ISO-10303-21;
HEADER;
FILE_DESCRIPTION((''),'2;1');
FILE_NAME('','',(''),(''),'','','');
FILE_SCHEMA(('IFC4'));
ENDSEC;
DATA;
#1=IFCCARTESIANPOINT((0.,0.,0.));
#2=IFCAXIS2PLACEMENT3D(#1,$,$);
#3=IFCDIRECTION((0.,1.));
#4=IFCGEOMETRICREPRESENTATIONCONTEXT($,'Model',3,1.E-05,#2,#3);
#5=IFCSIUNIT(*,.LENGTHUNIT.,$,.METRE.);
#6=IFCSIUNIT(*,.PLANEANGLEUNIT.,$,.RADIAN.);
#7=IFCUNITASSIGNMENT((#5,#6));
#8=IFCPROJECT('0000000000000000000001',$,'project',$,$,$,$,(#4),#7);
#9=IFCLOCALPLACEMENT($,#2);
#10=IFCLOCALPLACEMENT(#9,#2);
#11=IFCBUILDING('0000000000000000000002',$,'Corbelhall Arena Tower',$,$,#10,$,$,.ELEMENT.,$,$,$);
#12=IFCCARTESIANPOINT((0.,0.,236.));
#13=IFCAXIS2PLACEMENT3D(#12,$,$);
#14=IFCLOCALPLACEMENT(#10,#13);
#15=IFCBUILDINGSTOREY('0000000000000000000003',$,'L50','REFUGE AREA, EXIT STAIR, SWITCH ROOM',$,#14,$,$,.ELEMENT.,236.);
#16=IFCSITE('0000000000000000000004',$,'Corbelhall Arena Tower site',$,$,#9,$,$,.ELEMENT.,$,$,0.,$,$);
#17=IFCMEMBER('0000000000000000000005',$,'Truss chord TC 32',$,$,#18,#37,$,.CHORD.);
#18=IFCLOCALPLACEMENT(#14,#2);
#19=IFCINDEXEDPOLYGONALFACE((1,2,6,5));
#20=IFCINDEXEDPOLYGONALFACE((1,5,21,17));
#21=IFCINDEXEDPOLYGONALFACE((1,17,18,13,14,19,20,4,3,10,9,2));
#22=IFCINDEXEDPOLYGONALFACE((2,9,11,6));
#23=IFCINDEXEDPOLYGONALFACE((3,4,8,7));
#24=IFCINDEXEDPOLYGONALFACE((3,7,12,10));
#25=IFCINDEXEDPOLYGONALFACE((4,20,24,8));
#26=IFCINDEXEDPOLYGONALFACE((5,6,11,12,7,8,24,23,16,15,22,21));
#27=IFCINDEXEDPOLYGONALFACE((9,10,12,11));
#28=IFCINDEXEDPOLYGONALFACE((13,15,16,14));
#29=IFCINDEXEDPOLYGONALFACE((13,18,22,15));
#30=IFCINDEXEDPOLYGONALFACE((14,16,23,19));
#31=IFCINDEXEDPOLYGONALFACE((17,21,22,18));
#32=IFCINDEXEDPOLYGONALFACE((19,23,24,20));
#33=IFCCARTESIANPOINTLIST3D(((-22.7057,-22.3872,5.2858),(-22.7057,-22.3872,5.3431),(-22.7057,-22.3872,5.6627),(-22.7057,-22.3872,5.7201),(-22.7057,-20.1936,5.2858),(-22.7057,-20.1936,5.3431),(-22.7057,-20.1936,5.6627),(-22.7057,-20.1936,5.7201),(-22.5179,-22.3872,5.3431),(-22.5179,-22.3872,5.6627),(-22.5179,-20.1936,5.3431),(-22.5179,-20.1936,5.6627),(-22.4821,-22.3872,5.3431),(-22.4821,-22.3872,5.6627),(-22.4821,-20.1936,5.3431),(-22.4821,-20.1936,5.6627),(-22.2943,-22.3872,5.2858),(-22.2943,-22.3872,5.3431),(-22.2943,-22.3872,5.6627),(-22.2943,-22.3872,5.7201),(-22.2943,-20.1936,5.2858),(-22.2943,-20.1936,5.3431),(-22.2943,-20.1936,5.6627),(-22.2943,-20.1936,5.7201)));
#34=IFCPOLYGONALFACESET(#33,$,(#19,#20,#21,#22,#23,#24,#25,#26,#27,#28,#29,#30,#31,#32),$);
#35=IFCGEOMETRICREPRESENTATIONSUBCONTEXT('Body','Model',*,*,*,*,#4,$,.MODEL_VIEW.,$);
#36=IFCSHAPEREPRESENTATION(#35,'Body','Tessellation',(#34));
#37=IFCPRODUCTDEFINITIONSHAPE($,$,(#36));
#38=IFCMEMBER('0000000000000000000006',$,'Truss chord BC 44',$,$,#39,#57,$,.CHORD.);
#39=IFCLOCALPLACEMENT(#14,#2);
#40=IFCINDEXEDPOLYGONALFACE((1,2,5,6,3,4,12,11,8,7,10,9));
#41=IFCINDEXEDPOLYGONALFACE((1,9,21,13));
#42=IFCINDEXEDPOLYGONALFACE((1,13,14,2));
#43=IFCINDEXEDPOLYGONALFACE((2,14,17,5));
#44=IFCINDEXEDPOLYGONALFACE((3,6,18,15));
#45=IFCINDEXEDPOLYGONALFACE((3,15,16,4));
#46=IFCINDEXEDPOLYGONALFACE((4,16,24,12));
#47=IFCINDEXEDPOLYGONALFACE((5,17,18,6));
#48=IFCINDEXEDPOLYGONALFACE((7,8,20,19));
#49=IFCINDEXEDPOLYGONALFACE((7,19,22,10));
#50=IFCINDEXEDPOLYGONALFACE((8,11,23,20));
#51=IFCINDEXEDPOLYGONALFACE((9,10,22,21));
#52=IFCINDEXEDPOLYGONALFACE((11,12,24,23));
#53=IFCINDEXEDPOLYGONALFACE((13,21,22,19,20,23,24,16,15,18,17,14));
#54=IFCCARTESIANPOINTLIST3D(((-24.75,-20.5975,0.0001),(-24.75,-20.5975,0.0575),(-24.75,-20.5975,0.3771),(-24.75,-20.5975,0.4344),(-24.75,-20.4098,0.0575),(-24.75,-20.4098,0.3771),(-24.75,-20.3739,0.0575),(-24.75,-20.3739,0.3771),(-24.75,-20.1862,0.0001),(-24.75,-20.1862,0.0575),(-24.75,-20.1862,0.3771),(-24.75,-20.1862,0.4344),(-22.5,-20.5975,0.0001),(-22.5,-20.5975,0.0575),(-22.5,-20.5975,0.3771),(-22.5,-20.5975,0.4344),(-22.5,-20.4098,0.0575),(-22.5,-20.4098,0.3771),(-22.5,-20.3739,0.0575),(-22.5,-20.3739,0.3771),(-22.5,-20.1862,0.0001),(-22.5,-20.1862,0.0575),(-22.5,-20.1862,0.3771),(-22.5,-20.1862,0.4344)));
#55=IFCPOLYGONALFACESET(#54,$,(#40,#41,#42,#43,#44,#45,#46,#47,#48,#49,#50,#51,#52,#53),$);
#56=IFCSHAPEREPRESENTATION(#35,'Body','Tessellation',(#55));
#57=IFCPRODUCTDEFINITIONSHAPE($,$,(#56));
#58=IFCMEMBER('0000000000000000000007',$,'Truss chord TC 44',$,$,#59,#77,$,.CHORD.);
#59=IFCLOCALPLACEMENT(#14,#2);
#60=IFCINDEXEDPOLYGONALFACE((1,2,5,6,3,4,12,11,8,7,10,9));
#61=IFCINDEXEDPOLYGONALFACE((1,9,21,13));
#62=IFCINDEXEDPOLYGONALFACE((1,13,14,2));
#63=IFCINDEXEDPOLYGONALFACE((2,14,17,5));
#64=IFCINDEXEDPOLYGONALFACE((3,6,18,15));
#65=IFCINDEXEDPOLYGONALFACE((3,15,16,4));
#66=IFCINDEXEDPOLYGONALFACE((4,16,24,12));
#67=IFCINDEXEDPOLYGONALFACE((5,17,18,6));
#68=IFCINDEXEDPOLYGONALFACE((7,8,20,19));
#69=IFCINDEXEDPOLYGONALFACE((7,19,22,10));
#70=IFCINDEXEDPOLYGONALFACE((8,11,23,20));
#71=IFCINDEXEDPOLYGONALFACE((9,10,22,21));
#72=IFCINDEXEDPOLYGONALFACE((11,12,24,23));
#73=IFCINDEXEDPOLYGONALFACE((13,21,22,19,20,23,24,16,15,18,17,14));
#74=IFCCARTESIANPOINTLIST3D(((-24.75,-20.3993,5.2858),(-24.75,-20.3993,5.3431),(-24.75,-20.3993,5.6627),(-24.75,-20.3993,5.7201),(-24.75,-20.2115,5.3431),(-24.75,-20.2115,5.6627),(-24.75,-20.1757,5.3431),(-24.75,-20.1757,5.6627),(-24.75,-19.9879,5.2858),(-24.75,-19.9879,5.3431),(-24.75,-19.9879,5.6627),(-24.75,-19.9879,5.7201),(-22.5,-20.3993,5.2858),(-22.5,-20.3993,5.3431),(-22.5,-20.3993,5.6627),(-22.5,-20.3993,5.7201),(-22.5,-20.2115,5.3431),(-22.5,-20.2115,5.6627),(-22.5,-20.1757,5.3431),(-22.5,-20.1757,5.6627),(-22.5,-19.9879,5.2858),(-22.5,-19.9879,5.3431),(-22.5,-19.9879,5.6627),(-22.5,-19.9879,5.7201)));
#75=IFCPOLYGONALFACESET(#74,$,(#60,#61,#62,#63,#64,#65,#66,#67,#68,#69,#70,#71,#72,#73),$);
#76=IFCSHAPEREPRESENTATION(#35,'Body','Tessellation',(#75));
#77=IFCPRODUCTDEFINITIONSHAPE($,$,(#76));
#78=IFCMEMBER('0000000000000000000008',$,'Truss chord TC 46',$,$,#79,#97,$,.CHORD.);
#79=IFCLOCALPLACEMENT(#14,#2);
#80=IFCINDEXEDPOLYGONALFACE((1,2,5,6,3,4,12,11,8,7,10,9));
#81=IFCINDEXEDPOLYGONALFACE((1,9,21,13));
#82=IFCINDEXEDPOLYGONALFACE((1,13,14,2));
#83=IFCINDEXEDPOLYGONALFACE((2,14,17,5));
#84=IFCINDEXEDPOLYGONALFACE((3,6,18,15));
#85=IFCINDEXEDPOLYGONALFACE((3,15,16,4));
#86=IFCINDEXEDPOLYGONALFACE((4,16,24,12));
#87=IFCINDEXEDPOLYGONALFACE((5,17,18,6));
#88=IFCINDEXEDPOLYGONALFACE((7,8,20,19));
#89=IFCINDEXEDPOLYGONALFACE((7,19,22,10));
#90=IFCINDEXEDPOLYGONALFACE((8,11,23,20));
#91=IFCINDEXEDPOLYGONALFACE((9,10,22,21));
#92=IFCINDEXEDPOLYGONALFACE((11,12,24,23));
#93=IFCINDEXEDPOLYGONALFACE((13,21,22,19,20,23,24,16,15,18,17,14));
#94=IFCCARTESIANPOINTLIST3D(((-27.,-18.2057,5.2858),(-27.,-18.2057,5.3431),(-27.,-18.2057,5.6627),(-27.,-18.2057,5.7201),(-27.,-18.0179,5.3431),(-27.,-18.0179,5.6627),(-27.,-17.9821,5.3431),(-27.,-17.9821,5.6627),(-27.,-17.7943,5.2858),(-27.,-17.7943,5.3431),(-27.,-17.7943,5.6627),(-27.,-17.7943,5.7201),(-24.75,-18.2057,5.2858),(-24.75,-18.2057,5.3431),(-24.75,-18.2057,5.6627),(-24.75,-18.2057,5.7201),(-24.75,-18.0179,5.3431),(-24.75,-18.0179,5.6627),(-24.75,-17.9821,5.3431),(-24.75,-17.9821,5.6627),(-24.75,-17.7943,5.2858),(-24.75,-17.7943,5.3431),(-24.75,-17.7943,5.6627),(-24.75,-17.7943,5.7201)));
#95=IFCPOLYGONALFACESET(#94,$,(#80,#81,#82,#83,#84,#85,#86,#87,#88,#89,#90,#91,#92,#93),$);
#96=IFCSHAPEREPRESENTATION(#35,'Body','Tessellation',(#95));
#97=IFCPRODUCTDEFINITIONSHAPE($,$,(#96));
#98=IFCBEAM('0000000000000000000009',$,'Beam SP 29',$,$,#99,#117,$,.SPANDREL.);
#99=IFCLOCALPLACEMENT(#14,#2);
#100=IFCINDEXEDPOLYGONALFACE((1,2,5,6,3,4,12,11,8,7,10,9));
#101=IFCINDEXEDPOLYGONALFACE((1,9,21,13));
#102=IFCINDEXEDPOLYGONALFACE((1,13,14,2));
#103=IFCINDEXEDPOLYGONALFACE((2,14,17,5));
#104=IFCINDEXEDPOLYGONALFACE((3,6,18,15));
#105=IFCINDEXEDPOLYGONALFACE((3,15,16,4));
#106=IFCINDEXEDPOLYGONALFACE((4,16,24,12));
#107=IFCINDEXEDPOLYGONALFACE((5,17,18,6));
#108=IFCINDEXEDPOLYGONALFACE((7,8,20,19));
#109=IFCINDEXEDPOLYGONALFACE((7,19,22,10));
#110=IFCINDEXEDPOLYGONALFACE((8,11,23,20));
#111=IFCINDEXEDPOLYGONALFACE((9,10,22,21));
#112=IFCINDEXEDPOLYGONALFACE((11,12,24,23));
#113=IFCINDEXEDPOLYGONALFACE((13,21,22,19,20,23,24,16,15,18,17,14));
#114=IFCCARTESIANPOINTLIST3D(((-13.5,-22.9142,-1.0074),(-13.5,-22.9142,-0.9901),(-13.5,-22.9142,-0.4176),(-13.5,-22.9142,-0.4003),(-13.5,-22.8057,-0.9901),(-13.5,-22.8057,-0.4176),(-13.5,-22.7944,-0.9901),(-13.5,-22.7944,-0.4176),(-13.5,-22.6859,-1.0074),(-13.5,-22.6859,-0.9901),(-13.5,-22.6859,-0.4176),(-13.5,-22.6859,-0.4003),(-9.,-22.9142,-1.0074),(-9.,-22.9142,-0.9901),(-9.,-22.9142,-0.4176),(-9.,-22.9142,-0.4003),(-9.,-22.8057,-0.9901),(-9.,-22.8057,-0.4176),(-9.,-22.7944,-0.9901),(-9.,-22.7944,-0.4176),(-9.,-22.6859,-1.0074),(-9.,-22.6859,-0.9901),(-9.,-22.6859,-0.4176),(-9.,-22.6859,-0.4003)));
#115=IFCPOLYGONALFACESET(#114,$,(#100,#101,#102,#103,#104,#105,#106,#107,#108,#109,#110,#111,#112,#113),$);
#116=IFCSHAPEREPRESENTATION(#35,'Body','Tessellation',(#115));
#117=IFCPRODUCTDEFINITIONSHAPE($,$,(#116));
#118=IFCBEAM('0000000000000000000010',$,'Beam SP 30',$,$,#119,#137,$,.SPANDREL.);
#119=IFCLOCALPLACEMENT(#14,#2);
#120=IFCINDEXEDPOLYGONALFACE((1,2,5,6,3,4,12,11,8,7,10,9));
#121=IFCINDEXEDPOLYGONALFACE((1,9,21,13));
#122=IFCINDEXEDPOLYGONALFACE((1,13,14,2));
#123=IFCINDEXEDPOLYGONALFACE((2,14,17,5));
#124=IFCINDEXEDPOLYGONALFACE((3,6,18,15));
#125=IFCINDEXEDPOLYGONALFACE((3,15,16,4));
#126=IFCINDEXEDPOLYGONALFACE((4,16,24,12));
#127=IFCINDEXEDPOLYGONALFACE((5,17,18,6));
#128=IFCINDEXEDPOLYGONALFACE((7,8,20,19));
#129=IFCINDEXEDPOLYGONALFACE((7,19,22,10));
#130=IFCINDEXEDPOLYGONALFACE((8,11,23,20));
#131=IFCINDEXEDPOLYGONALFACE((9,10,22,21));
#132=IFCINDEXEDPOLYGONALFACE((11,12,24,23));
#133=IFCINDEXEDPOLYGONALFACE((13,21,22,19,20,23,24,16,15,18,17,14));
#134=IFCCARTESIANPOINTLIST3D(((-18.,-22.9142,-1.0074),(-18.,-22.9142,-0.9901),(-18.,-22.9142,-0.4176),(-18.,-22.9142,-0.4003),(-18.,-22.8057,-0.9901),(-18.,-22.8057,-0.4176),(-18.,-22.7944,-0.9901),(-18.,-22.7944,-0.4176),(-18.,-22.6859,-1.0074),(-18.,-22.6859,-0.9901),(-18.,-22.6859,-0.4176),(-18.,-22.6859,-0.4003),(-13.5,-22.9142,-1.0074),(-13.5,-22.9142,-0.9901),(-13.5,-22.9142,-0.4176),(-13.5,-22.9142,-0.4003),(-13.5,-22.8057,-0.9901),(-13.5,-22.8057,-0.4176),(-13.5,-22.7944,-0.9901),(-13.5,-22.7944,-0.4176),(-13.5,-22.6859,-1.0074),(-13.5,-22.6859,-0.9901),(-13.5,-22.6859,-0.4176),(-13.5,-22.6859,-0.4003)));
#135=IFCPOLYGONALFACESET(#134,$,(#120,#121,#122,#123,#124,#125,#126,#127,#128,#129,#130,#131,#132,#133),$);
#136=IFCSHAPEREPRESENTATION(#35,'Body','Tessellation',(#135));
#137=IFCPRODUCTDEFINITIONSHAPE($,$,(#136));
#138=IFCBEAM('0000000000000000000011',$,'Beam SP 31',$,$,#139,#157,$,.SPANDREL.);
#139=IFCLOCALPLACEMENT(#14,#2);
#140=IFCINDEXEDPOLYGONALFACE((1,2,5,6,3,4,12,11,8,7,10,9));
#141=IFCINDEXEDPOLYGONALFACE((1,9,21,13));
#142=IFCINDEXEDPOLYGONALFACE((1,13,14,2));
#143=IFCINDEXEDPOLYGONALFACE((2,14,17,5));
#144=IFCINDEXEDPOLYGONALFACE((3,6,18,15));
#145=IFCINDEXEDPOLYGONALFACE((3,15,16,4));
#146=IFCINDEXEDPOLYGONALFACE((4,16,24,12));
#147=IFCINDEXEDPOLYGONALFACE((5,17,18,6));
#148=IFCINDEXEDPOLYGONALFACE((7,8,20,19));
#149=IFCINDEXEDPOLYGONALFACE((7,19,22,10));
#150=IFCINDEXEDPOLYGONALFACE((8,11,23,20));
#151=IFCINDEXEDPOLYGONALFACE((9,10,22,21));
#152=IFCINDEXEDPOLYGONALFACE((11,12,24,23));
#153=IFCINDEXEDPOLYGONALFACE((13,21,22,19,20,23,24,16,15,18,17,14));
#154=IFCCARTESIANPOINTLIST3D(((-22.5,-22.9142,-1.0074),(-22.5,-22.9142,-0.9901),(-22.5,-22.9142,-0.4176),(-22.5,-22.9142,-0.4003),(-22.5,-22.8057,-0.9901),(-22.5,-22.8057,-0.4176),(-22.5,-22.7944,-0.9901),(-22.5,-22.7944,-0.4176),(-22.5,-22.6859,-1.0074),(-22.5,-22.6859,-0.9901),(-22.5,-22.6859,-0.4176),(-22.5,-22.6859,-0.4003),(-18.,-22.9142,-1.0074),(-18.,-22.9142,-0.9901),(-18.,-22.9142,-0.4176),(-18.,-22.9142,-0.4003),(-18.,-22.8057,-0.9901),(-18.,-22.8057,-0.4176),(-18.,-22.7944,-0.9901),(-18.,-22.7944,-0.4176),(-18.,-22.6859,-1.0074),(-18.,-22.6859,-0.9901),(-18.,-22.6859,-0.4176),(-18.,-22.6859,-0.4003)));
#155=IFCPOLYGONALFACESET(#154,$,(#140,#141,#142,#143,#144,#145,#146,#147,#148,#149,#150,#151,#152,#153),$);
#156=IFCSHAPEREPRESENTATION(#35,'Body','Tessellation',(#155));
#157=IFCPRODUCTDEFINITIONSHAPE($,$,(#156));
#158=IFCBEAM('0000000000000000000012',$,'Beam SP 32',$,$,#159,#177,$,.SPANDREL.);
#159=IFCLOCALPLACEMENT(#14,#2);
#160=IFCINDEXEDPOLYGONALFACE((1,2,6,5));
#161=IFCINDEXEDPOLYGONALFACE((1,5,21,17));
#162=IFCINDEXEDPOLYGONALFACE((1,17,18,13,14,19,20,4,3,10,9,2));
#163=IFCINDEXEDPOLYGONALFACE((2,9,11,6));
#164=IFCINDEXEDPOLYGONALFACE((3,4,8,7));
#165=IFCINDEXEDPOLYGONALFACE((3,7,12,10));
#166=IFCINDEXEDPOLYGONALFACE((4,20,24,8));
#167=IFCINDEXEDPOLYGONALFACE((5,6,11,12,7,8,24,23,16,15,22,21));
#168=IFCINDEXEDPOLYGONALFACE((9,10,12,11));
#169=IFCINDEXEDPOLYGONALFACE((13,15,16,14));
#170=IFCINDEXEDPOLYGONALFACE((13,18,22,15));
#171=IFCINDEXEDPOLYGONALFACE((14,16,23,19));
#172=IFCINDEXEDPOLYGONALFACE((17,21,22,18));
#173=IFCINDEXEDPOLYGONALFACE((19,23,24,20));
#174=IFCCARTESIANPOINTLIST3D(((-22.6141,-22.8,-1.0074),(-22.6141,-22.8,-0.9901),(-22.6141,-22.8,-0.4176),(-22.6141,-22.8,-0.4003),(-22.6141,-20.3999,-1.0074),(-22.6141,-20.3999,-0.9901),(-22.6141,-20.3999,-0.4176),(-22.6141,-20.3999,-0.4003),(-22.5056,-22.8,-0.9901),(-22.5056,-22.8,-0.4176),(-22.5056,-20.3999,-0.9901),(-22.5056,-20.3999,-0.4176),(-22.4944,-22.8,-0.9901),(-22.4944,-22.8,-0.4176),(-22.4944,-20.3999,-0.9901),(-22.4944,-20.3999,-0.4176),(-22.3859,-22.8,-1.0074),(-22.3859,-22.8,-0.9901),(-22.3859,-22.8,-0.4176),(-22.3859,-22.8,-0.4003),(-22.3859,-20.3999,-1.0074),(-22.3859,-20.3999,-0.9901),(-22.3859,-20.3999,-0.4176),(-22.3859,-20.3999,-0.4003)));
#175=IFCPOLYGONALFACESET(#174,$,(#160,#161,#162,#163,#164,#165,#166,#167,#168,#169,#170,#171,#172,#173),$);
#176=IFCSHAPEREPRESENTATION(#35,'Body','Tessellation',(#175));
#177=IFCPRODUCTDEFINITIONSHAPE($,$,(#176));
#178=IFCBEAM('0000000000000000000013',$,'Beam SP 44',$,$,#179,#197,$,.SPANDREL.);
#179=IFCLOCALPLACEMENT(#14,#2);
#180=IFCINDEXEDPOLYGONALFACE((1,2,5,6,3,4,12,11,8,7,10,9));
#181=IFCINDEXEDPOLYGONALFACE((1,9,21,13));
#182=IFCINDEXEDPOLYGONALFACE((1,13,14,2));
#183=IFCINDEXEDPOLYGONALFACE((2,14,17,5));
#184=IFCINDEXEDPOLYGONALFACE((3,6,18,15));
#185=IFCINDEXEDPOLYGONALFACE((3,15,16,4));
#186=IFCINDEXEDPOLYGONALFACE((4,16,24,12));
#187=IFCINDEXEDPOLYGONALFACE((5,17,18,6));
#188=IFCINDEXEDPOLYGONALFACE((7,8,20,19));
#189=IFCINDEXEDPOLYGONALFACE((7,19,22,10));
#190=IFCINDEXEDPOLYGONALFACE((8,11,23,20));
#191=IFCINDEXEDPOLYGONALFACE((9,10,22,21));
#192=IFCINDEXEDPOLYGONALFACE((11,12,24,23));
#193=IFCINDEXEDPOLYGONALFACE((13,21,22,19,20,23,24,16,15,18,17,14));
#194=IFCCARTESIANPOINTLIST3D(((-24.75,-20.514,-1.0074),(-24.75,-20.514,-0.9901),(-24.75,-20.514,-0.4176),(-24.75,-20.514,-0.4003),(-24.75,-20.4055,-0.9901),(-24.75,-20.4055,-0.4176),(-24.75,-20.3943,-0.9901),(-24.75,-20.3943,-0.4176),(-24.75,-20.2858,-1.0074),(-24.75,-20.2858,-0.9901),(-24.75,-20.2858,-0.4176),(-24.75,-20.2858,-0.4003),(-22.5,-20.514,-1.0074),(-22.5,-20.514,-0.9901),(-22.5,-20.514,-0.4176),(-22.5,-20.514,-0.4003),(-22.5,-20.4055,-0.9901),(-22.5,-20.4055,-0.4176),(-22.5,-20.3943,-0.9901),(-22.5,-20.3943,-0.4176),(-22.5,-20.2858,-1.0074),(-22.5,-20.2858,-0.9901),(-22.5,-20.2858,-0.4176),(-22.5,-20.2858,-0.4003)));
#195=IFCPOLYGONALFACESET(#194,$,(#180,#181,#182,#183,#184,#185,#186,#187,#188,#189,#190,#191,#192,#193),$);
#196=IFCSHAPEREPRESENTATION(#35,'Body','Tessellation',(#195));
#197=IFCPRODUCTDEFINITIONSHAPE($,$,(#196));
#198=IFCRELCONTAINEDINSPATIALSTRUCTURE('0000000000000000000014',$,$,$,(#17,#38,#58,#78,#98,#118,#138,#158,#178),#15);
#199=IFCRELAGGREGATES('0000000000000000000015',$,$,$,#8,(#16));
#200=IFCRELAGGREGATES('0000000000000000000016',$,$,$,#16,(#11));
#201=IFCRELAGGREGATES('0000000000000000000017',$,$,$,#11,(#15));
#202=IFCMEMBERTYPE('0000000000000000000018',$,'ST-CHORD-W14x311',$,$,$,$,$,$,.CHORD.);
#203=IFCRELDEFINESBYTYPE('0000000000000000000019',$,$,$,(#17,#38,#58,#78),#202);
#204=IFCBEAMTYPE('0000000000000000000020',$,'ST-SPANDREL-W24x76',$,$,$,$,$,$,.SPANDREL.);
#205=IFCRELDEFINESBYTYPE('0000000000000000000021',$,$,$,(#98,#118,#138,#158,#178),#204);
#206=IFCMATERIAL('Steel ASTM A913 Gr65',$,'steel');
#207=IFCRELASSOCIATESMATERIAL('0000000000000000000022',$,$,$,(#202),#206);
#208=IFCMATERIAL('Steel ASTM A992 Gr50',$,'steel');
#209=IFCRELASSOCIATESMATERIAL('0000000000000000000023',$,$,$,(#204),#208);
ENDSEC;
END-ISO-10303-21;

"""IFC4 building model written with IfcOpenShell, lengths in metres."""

from ifc_helpers import new_model, si_unit, direction, frame, origin, origin_2d, place, context, subcontext, project, spatial, i_section, extrude, material, material_profile, profile_set, type_object, element, save


model = new_model("IFC4")

# Units and contexts
model_context = context("Model", 3, precision=1e-05, world=origin(), true_north=direction((0.0, 1.0)))
body_context = subcontext(model_context, "Body", "Model", "MODEL_VIEW")
ifc_project = project(units=[si_unit("LENGTHUNIT", "METRE"), si_unit("PLANEANGLEUNIT", "RADIAN")], contexts=[model_context])

# Site, building, storey
site_placement = place(None, origin())
site = spatial("IfcSite", under=ifc_project, at=site_placement, Name="Corbelhall Arena Tower site", CompositionType="ELEMENT", RefElevation=0.0)
building_placement = place(site_placement, origin())
building = spatial("IfcBuilding", under=site, at=building_placement, Name="Corbelhall Arena Tower", CompositionType="ELEMENT")
storey_placement = place(building_placement, frame((0.0, 0.0, 236.0)))
storey = spatial("IfcBuildingStorey", under=building, at=storey_placement, Name="L50", Description="REFUGE AREA, EXIT STAIR, SWITCH ROOM", CompositionType="ELEMENT", Elevation=236.0)

# Members
ifc_material_1 = material(Name="Steel ASTM A913 Gr65", Category="steel")
ifc_material_profile_1 = material_profile(ifc_material_1, i_section(OverallWidth=0.4114, OverallDepth=0.4343, WebThickness=0.0359, FlangeThickness=0.0574, at=origin_2d()))
ifc_profile_set_1 = profile_set([ifc_material_profile_1], Name="Steel ASTM A913 Gr65")
member_type_1 = type_object("IfcMemberType", Name="ST-CHORD-W14x311", PredefinedType="CHORD", material=ifc_profile_set_1)
member_1_placement = place(storey_placement, frame((-22.5, -22.3872, 5.5029), z_axis=(0.0, 1.0, 0.0), x_axis=(-1.0, 0.0, 0.0)))
element("IfcMember", 1, at=member_1_placement, inside=storey, type_object=member_type_1, Name="Truss chord TC 32", PredefinedType="CHORD", context=body_context, shape_type="SweptSolid", body=[
    extrude(i_section(OverallWidth=0.4114, OverallDepth=0.4343, WebThickness=0.0359, FlangeThickness=0.0574, at=origin_2d()), origin(), (0.0, 0.0, 1.0), 2.1936),
])
for number, where, z_axis, x_axis, name in (
    (2, (-22.5, -20.3918, 0.2173), (-1.0, 0.0, 0.0), (0.0, -1.0, 0.0), "Truss chord BC 44"),
    (3, (-22.5, -20.1936, 5.5029), (-1.0, 0.0, 0.0), (0.0, -1.0, 0.0), "Truss chord TC 44"),
    (4, (-24.75, -18.0, 5.5029), (-1.0, 0.0, 0.0), (0.0, -1.0, 0.0), "Truss chord TC 46"),
):
    element("IfcMember", number, at=place(storey_placement, frame(where, z_axis=z_axis, x_axis=x_axis)), inside=storey, type_object=member_type_1, Name=name, PredefinedType="CHORD", context=body_context, shape_type="SweptSolid", body=[
        extrude(i_section(OverallWidth=0.4114, OverallDepth=0.4343, WebThickness=0.0359, FlangeThickness=0.0574, at=origin_2d()), origin(), (0.0, 0.0, 1.0), 2.25),
    ])

# Beams
ifc_material_2 = material(Name="Steel ASTM A992 Gr50", Category="steel")
ifc_material_profile_2 = material_profile(ifc_material_2, i_section(OverallWidth=0.2283, OverallDepth=0.6072, WebThickness=0.0112, FlangeThickness=0.0173, at=origin_2d()))
ifc_profile_set_2 = profile_set([ifc_material_profile_2], Name="Steel ASTM A992 Gr50")
beam_type = type_object("IfcBeamType", Name="ST-SPANDREL-W24x76", PredefinedType="SPANDREL", material=ifc_profile_set_2)
for number, where, z_axis, x_axis, name in (
    (5, (-9.0, -22.8, -0.7039), (-1.0, 0.0, 0.0), (0.0, -1.0, 0.0), "Beam SP 29"),
    (6, (-13.5, -22.8, -0.7039), (-1.0, 0.0, 0.0), (0.0, -1.0, 0.0), "Beam SP 30"),
    (7, (-18.0, -22.8, -0.7039), (-1.0, 0.0, 0.0), (0.0, -1.0, 0.0), "Beam SP 31"),
):
    element("IfcBeam", number, at=place(storey_placement, frame(where, z_axis=z_axis, x_axis=x_axis)), inside=storey, type_object=beam_type, Name=name, PredefinedType="SPANDREL", context=body_context, shape_type="SweptSolid", body=[
        extrude(i_section(OverallWidth=0.2283, OverallDepth=0.6072, WebThickness=0.0112, FlangeThickness=0.0173, at=origin_2d()), origin(), (0.0, 0.0, 1.0), 4.5),
    ])
beam_1_placement = place(storey_placement, frame((-22.5, -22.8, -0.7039), z_axis=(0.0, 1.0, 0.0), x_axis=(-1.0, 0.0, 0.0)))
element("IfcBeam", 8, at=beam_1_placement, inside=storey, type_object=beam_type, Name="Beam SP 32", PredefinedType="SPANDREL", context=body_context, shape_type="SweptSolid", body=[
    extrude(i_section(OverallWidth=0.2283, OverallDepth=0.6072, WebThickness=0.0112, FlangeThickness=0.0173, at=origin_2d()), origin(), (0.0, 0.0, 1.0), 2.4001),
])
beam_2_placement = place(storey_placement, frame((-22.5, -20.3999, -0.7039), z_axis=(-1.0, 0.0, 0.0), x_axis=(0.0, -1.0, 0.0)))
element("IfcBeam", 9, at=beam_2_placement, inside=storey, type_object=beam_type, Name="Beam SP 44", PredefinedType="SPANDREL", context=body_context, shape_type="SweptSolid", body=[
    extrude(i_section(OverallWidth=0.2283, OverallDepth=0.6072, WebThickness=0.0112, FlangeThickness=0.0173, at=origin_2d()), origin(), (0.0, 0.0, 1.0), 2.25),
])

save(model, "model.ifc")
